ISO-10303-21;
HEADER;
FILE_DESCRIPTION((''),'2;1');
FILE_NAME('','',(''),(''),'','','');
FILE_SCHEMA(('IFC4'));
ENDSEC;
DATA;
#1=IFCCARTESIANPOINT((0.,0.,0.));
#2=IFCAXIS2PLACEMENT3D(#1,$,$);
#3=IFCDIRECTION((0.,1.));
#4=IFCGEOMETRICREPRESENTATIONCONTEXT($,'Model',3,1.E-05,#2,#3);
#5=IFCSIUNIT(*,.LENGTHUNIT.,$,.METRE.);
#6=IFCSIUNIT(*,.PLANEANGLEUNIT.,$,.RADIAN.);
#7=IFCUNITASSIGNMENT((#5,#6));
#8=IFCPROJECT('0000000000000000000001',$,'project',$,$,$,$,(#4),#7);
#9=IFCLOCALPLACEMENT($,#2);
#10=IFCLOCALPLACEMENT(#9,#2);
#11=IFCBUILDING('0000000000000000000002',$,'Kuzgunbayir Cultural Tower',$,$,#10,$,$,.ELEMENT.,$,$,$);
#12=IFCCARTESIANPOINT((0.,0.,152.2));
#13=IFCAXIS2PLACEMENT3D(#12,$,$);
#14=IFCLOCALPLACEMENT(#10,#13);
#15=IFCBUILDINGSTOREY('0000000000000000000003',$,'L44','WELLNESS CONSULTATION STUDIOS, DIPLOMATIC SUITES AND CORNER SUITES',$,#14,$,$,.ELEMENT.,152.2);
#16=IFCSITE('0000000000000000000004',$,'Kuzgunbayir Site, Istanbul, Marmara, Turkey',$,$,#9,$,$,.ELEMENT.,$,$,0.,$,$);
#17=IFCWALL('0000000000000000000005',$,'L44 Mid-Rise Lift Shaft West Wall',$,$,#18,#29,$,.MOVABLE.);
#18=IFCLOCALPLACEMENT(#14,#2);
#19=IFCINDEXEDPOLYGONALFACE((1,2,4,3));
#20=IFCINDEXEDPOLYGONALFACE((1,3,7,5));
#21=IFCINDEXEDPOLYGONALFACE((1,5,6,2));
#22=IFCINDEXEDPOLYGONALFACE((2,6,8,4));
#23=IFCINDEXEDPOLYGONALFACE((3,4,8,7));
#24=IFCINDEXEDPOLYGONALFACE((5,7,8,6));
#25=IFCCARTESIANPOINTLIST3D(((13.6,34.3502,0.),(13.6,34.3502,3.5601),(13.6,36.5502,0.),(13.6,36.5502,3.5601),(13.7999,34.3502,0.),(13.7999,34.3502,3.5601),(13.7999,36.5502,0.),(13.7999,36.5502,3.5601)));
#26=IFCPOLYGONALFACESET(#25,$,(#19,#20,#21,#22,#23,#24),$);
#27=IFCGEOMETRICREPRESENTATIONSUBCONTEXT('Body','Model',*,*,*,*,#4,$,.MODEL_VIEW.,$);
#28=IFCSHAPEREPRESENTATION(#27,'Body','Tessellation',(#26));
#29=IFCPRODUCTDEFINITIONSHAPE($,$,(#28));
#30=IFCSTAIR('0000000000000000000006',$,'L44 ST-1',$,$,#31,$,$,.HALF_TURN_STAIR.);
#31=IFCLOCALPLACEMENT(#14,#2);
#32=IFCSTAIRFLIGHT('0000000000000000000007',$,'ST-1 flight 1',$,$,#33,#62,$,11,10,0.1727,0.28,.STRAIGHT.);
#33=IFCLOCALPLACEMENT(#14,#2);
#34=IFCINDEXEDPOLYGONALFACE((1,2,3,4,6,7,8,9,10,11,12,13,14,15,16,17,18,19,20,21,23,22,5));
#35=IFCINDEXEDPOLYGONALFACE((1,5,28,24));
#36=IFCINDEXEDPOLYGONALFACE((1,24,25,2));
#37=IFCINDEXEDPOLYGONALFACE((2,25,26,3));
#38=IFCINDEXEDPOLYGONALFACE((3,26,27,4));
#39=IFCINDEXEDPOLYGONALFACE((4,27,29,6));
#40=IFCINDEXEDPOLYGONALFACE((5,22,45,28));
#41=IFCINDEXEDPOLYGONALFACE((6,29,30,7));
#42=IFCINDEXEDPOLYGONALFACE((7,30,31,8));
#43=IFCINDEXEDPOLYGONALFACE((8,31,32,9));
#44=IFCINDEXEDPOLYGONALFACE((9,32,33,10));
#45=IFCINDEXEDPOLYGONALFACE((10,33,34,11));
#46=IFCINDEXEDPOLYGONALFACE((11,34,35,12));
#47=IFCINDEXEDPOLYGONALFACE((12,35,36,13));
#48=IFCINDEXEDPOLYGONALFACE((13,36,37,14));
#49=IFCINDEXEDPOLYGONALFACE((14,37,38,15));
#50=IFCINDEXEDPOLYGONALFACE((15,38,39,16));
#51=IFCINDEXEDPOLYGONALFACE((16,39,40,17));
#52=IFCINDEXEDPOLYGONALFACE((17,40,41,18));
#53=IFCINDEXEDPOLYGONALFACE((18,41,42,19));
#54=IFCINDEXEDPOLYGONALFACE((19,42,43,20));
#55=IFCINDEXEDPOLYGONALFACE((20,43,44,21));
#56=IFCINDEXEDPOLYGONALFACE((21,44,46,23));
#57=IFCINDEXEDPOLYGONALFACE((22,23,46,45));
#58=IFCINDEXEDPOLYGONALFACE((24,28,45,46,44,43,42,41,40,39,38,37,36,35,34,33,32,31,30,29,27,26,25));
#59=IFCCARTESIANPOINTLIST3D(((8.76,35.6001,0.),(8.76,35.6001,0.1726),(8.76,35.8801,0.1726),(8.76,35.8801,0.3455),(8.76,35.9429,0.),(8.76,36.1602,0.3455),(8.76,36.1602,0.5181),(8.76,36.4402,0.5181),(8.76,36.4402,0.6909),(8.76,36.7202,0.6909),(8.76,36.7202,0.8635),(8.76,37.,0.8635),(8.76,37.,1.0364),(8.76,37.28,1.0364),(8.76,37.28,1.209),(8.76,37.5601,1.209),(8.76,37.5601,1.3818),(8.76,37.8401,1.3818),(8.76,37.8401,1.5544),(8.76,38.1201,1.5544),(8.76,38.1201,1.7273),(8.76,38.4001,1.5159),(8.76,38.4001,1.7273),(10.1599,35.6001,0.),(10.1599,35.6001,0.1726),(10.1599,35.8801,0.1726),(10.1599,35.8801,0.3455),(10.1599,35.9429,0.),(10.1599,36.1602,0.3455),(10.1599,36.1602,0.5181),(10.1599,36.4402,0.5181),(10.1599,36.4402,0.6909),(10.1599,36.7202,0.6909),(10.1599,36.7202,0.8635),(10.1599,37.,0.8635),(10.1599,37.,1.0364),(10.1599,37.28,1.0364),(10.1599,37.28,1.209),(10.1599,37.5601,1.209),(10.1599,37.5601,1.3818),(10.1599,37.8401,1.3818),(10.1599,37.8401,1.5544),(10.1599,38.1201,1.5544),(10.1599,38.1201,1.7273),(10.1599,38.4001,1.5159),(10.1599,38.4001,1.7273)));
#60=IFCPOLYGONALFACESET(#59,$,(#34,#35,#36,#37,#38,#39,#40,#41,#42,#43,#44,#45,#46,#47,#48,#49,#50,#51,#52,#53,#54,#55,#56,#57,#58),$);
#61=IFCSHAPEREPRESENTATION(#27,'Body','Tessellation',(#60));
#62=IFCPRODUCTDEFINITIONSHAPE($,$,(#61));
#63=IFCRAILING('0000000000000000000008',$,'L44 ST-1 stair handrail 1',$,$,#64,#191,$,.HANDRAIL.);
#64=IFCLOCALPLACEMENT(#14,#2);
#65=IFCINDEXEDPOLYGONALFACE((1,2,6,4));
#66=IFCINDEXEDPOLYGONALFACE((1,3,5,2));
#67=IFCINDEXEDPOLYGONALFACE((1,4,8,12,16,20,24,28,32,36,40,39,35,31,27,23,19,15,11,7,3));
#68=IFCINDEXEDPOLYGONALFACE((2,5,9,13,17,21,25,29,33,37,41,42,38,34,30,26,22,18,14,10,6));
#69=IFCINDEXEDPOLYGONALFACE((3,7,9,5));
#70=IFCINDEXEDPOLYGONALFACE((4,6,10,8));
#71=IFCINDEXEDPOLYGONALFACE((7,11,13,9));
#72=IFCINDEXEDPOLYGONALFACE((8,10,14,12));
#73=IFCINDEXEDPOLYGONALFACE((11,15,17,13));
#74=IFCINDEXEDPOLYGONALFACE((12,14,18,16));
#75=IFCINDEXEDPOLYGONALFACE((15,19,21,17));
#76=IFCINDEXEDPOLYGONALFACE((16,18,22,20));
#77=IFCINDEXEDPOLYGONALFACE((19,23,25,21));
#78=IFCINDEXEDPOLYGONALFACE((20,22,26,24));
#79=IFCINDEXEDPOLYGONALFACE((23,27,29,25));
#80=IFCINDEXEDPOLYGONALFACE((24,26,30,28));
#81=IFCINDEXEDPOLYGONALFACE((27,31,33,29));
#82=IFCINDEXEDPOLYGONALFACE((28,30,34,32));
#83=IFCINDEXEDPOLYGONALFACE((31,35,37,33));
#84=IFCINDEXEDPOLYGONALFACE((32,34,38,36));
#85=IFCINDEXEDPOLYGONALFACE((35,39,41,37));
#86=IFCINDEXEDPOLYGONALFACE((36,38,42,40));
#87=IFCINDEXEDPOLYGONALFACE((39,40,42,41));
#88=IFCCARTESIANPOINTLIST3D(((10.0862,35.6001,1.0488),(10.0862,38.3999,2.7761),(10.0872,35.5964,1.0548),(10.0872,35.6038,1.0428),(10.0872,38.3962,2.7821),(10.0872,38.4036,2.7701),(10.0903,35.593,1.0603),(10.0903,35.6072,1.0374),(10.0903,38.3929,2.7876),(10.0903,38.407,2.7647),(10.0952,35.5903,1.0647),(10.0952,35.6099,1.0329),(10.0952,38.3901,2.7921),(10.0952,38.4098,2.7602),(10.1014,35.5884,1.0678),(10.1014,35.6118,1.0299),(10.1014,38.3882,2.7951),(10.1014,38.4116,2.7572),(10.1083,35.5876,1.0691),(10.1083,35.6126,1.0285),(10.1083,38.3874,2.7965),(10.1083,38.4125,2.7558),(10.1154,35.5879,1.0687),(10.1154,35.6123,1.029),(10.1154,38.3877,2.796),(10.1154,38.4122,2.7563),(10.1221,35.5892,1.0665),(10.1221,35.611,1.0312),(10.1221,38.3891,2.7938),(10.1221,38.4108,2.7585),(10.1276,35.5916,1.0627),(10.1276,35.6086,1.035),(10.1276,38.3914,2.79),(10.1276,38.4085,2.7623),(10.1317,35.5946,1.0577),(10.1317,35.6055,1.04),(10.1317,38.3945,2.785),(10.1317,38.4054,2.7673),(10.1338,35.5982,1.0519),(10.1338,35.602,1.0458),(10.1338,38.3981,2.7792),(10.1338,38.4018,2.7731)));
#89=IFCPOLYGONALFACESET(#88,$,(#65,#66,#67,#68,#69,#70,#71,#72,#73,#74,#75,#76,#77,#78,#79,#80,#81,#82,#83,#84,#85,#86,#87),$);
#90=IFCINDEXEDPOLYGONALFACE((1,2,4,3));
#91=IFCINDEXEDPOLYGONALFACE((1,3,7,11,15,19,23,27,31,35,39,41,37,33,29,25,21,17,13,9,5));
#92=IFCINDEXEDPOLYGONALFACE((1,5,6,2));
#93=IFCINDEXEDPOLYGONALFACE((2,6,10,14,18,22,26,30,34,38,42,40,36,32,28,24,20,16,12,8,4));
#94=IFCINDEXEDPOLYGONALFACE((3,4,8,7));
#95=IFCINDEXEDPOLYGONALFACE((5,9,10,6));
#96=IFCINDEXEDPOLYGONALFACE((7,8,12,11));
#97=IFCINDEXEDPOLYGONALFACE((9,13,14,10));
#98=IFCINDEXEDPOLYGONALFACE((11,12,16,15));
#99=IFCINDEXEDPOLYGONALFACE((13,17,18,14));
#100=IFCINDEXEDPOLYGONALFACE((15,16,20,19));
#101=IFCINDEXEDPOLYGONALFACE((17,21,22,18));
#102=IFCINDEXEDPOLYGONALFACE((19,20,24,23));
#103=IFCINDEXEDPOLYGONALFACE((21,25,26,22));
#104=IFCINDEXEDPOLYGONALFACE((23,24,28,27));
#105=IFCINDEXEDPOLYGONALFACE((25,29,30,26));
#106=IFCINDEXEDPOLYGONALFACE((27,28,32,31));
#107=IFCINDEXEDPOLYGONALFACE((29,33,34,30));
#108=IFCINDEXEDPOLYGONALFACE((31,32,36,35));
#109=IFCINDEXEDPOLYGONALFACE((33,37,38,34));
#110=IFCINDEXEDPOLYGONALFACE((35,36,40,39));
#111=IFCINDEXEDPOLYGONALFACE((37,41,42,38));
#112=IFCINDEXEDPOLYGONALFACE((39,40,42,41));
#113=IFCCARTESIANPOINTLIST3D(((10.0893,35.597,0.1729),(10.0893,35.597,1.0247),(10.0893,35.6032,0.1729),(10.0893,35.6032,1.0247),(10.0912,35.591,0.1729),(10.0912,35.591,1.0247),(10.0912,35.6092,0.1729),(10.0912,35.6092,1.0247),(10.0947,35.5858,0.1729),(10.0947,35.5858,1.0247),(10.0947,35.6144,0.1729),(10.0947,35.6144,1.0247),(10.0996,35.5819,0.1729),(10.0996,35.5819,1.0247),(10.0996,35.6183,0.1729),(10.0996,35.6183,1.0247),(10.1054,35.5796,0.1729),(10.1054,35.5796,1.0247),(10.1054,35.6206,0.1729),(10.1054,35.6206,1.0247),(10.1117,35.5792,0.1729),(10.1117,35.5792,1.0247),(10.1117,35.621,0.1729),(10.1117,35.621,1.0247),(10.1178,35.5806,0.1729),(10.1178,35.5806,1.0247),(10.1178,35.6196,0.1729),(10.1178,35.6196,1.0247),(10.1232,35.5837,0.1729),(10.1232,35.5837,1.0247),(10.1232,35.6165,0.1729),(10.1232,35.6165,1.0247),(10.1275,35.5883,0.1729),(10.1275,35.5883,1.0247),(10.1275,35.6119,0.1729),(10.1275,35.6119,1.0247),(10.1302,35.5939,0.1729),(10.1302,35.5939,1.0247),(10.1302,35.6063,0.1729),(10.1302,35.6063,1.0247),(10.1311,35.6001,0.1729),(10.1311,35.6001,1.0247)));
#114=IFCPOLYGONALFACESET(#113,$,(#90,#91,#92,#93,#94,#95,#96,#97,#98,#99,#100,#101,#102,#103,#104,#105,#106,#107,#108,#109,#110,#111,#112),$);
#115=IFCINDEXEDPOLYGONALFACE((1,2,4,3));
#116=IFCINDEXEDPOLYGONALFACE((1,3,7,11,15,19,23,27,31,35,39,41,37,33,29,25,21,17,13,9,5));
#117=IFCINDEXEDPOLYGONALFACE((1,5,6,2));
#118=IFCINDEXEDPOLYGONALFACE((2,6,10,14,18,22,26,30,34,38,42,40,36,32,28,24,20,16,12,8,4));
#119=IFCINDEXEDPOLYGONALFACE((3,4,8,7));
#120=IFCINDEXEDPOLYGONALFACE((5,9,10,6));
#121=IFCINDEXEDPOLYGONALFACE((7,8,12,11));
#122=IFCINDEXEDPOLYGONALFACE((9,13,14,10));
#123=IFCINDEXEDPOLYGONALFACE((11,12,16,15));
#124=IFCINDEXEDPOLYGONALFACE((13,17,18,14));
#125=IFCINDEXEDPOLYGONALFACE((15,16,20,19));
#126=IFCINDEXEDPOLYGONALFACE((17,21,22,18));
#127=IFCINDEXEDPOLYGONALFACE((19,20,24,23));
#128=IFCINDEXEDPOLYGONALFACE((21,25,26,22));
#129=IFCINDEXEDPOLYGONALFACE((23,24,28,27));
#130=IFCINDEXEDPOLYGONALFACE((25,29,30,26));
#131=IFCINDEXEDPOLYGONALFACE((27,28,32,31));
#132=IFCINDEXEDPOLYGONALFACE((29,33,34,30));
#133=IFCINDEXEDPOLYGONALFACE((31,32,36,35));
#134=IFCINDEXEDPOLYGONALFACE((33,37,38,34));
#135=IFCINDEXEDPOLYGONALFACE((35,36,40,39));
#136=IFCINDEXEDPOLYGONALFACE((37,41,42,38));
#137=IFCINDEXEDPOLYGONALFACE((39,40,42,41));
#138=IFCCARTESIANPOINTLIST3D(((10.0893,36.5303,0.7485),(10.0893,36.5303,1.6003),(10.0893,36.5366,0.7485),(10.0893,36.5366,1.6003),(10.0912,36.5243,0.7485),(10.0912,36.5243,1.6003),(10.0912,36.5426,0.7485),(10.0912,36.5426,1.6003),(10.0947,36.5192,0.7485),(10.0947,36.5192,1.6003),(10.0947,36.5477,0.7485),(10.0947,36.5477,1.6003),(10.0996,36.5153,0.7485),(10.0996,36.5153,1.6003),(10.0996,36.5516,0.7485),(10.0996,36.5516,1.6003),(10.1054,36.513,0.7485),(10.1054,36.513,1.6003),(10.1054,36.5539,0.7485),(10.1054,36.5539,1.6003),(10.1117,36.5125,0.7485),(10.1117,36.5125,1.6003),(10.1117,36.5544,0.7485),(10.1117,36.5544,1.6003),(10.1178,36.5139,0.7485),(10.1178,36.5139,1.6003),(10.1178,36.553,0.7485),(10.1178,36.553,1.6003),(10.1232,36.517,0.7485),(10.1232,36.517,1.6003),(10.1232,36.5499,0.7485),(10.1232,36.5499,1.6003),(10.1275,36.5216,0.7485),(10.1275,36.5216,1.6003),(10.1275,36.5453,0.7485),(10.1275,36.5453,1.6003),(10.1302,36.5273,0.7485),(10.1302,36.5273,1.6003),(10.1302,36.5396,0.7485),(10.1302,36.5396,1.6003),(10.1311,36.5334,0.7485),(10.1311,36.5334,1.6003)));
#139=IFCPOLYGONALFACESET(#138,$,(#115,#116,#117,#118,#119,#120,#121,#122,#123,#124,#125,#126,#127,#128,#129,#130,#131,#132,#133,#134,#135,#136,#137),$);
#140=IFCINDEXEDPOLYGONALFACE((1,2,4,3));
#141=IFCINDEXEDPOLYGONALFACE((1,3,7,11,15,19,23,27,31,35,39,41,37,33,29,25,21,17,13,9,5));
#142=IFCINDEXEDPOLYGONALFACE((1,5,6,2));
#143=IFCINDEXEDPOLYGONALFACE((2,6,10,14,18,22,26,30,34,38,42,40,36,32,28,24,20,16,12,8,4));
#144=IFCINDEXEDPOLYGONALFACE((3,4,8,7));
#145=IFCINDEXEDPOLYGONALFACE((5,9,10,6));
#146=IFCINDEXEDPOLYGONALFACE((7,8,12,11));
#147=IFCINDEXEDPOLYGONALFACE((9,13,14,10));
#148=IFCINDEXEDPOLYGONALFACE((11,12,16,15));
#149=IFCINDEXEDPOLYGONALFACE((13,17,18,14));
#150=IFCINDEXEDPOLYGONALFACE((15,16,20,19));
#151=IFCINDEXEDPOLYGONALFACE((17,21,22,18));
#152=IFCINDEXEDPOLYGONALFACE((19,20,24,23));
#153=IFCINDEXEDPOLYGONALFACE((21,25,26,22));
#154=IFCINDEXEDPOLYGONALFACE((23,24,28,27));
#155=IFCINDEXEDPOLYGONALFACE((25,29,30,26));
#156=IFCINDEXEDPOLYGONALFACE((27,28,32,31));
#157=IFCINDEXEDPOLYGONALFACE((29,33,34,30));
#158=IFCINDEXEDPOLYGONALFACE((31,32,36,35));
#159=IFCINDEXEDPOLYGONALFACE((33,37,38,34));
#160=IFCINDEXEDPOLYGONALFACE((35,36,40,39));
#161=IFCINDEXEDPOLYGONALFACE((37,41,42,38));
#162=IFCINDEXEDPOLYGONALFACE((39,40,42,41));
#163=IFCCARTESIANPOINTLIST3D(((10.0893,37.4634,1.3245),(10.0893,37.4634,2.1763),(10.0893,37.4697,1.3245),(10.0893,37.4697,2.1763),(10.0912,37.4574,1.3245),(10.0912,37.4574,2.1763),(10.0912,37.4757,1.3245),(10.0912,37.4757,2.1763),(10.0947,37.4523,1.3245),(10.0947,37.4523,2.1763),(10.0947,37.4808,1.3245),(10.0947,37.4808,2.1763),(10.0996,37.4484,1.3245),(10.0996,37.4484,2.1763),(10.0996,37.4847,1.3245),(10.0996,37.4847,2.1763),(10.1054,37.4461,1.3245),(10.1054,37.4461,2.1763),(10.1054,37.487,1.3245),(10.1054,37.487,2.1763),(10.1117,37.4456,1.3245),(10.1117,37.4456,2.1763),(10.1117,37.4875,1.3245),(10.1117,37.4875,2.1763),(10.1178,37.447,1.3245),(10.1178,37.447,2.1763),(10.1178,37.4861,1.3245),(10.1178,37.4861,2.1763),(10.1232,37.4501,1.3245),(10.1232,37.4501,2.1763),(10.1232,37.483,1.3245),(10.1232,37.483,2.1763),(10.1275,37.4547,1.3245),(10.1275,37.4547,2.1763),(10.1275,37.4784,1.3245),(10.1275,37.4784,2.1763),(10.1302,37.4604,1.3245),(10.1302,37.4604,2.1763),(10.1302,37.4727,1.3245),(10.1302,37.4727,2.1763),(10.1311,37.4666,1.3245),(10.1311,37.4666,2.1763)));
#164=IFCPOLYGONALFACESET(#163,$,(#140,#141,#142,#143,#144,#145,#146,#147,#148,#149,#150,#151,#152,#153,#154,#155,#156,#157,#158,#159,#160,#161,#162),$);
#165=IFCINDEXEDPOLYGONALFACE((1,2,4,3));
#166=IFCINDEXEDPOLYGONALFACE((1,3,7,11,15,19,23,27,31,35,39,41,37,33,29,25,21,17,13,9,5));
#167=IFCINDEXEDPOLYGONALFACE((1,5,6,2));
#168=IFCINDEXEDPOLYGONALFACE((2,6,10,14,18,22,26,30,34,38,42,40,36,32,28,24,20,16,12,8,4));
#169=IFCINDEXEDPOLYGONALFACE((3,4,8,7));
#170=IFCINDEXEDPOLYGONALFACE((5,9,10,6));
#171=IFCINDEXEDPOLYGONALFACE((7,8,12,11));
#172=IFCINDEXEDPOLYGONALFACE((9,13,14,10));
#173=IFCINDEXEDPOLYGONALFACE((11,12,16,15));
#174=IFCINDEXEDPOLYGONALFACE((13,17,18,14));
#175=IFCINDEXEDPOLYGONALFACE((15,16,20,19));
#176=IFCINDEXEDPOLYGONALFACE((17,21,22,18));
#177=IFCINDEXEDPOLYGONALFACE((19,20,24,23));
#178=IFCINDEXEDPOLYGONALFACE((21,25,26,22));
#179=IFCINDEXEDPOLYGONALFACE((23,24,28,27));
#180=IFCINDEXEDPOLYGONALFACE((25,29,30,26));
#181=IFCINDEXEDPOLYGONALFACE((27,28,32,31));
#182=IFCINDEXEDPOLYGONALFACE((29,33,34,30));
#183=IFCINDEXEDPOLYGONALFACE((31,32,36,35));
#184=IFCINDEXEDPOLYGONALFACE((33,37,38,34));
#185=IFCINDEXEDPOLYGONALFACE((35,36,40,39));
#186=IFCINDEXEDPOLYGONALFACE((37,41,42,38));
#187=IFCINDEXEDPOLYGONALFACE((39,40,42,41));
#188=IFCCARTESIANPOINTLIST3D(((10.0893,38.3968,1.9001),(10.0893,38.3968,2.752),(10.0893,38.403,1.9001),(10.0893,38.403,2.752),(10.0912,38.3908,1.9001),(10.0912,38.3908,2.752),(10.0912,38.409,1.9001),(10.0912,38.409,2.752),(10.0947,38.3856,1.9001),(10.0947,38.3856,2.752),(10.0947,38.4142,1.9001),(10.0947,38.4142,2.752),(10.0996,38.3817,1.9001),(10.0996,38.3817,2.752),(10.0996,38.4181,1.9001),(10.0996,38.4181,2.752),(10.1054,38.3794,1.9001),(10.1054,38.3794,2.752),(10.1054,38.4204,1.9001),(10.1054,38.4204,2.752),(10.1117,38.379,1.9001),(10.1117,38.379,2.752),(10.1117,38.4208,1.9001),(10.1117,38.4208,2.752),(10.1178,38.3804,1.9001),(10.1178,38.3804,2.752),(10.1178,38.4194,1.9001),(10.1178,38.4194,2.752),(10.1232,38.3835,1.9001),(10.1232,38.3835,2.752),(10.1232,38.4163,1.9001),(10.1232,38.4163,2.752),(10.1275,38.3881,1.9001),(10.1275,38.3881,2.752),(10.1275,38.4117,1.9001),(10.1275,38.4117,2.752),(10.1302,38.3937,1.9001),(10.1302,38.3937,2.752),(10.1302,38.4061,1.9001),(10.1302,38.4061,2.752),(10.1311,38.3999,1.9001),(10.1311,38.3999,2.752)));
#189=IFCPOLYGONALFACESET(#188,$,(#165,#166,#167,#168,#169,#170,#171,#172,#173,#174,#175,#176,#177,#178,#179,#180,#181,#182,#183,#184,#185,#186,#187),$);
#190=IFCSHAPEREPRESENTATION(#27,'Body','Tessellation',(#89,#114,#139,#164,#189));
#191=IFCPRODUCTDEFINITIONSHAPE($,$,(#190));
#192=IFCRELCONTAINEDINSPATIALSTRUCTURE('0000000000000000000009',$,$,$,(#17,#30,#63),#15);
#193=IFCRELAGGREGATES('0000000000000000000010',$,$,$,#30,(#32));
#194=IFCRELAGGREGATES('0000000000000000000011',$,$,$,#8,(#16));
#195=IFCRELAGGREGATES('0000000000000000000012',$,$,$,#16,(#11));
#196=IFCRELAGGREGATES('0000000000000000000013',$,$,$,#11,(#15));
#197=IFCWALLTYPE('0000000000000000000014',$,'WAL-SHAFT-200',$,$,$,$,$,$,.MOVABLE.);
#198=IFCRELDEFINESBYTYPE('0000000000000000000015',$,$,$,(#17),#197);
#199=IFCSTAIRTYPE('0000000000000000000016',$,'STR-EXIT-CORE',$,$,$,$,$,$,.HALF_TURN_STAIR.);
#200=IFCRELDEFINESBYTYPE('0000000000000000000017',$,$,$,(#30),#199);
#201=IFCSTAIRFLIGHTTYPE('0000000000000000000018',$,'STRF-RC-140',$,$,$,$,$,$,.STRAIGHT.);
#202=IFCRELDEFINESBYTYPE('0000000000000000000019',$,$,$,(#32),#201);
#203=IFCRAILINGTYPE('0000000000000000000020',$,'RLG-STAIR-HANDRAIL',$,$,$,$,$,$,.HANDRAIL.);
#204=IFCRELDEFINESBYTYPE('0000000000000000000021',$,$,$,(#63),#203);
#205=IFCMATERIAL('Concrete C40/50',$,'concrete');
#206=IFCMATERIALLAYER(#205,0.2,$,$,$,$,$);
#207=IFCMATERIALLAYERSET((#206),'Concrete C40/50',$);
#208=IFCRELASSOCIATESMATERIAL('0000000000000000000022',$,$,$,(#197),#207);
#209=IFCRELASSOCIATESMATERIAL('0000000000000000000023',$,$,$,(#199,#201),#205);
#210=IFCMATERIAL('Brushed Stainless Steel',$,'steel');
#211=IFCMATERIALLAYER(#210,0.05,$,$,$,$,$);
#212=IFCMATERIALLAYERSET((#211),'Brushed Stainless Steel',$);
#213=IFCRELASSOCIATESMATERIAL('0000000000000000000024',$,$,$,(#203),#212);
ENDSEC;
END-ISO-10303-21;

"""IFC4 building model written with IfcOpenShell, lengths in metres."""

from ifc_helpers import new_model, si_unit, direction, frame, frame_2d, origin, origin_2d, place, context, subcontext, project, spatial, polyline, rectangle, circle, outline, extrude, material, layer, layer_set, type_object, element, aggregate, save


model = new_model("IFC4")

# Units and contexts
model_context = context("Model", 3, precision=1e-05, world=origin(), true_north=direction((0.0, 1.0)))
body_context = subcontext(model_context, "Body", "Model", "MODEL_VIEW")
ifc_project = project(units=[si_unit("LENGTHUNIT", "METRE"), si_unit("PLANEANGLEUNIT", "RADIAN")], contexts=[model_context])

# Site, building, storey
site_placement = place(None, origin())
site = spatial("IfcSite", under=ifc_project, at=site_placement, Name="Kuzgunbayir Site, Istanbul, Marmara, Turkey", CompositionType="ELEMENT", RefElevation=0.0)
building_placement = place(site_placement, origin())
building = spatial("IfcBuilding", under=site, at=building_placement, Name="Kuzgunbayir Cultural Tower", CompositionType="ELEMENT")
storey_placement = place(building_placement, frame((0.0, 0.0, 152.2)))
storey = spatial("IfcBuildingStorey", under=building, at=storey_placement, Name="L44", Description="WELLNESS CONSULTATION STUDIOS, DIPLOMATIC SUITES AND CORNER SUITES", CompositionType="ELEMENT", Elevation=152.2)

# Shared definitions
ifc_material_1 = material(Name="Concrete C40/50", Category="concrete")
ifc_layer_1 = layer(ifc_material_1, 0.2)
ifc_layer_set_1 = layer_set([ifc_layer_1], Name="Concrete C40/50")
wall_type_1 = type_object("IfcWallType", Name="WAL-SHAFT-200", PredefinedType="MOVABLE", material=ifc_layer_set_1)
ifc_material_2 = material(Name="Brushed Stainless Steel", Category="steel")

# Wall
wall_1_placement = place(storey_placement, frame((13.7, 34.3501, 0.0), z_axis=(0.0, 0.0, 1.0), x_axis=(0.0, 1.0, 0.0)))
element("IfcWall", 1, at=wall_1_placement, inside=storey, type_object=wall_type_1, Name="L44 Mid-Rise Lift Shaft West Wall", PredefinedType="MOVABLE", context=body_context, shape_type="SweptSolid", body=[
    extrude(rectangle(XDim=2.2, YDim=0.2, at=frame_2d((1.1001, 0.0))), origin(), (0.0, 0.0, 1.0), 3.5601),
])

# Stair, stair flight
stair_type = type_object("IfcStairType", Name="STR-EXIT-CORE", PredefinedType="HALF_TURN_STAIR", material=ifc_material_1)
stair_placement = place(storey_placement, origin())
stair = element("IfcStair", 2, at=stair_placement, inside=storey, type_object=stair_type, Name="L44 ST-1", PredefinedType="HALF_TURN_STAIR")
stair_flight_type = type_object("IfcStairFlightType", Name="STRF-RC-140", PredefinedType="STRAIGHT", material=ifc_material_1)
stair_flight_placement = place(storey_placement, frame((9.46, 35.6001, 0.0), z_axis=(0.0, 0.0, 1.0), x_axis=(0.0, 1.0, 0.0)))
stair_flight = element("IfcStairFlight", 3, at=stair_flight_placement, type_object=stair_flight_type, Name="ST-1 flight 1", NumberOfRisers=11, NumberOfTreads=10, PredefinedType="STRAIGHT", RiserHeight=0.1727, TreadLength=0.28, context=body_context, shape_type="SweptSolid", body=[
    extrude(outline(polyline([(0.0, 0.0), (0.0, 0.1726), (0.28, 0.1726), (0.28, 0.3455), (0.5601, 0.3455), (0.5601, 0.5181), (0.8401, 0.5181), (0.8401, 0.6909), (1.1201, 0.6909), (1.1201, 0.8635), (1.3999, 0.8635), (1.3999, 1.0364), (1.6799, 1.0364), (1.6799, 1.209), (1.96, 1.209), (1.96, 1.3818), (2.24, 1.3818), (2.24, 1.5544), (2.52, 1.5544), (2.52, 1.7273), (2.8, 1.7273), (2.8, 1.8999), (2.8, 1.5159), (0.3428, 0.0), (0.0, 0.0)])), frame((0.0, 0.7, 0.0), z_axis=(0.0, -1.0, 0.0), x_axis=(1.0, 0.0, 0.0)), (0.0, 0.0, 1.0), 1.3999),
])
aggregate(stair, [stair_flight])

# Railing
ifc_layer_2 = layer(ifc_material_2, 0.05)
ifc_layer_set_2 = layer_set([ifc_layer_2], Name="Brushed Stainless Steel")
railing_type_1 = type_object("IfcRailingType", Name="RLG-STAIR-HANDRAIL", PredefinedType="HANDRAIL", material=ifc_layer_set_2)
railing_1_placement = place(storey_placement, frame((10.1101, 35.6001, 0.1729)))
element("IfcRailing", 4, at=railing_1_placement, inside=storey, type_object=railing_type_1, Name="L44 ST-1 stair handrail 1", PredefinedType="HANDRAIL", context=body_context, shape_type="SweptSolid", body=[
    extrude(circle(Radius=0.0239, at=origin_2d()), frame((0.0, 0.0, 0.876), z_axis=(0.0, 0.851069, 0.525054), x_axis=(-1.0, 0.0, 0.0)), (0.0, 0.0, 1.0), 3.2898),
    extrude(circle(Radius=0.021, at=origin_2d()), origin(), (0.0, 0.0, 1.0), 0.8518),
    extrude(circle(Radius=0.021, at=origin_2d()), frame((0.0, 0.9333, 0.5757)), (0.0, 0.0, 1.0), 0.8518),
    extrude(circle(Radius=0.021, at=origin_2d()), frame((0.0, 1.8665, 1.1516)), (0.0, 0.0, 1.0), 0.8518),
    extrude(circle(Radius=0.021, at=origin_2d()), frame((0.0, 2.7998, 1.7273)), (0.0, 0.0, 1.0), 0.8518),
])

save(model, "model.ifc")
